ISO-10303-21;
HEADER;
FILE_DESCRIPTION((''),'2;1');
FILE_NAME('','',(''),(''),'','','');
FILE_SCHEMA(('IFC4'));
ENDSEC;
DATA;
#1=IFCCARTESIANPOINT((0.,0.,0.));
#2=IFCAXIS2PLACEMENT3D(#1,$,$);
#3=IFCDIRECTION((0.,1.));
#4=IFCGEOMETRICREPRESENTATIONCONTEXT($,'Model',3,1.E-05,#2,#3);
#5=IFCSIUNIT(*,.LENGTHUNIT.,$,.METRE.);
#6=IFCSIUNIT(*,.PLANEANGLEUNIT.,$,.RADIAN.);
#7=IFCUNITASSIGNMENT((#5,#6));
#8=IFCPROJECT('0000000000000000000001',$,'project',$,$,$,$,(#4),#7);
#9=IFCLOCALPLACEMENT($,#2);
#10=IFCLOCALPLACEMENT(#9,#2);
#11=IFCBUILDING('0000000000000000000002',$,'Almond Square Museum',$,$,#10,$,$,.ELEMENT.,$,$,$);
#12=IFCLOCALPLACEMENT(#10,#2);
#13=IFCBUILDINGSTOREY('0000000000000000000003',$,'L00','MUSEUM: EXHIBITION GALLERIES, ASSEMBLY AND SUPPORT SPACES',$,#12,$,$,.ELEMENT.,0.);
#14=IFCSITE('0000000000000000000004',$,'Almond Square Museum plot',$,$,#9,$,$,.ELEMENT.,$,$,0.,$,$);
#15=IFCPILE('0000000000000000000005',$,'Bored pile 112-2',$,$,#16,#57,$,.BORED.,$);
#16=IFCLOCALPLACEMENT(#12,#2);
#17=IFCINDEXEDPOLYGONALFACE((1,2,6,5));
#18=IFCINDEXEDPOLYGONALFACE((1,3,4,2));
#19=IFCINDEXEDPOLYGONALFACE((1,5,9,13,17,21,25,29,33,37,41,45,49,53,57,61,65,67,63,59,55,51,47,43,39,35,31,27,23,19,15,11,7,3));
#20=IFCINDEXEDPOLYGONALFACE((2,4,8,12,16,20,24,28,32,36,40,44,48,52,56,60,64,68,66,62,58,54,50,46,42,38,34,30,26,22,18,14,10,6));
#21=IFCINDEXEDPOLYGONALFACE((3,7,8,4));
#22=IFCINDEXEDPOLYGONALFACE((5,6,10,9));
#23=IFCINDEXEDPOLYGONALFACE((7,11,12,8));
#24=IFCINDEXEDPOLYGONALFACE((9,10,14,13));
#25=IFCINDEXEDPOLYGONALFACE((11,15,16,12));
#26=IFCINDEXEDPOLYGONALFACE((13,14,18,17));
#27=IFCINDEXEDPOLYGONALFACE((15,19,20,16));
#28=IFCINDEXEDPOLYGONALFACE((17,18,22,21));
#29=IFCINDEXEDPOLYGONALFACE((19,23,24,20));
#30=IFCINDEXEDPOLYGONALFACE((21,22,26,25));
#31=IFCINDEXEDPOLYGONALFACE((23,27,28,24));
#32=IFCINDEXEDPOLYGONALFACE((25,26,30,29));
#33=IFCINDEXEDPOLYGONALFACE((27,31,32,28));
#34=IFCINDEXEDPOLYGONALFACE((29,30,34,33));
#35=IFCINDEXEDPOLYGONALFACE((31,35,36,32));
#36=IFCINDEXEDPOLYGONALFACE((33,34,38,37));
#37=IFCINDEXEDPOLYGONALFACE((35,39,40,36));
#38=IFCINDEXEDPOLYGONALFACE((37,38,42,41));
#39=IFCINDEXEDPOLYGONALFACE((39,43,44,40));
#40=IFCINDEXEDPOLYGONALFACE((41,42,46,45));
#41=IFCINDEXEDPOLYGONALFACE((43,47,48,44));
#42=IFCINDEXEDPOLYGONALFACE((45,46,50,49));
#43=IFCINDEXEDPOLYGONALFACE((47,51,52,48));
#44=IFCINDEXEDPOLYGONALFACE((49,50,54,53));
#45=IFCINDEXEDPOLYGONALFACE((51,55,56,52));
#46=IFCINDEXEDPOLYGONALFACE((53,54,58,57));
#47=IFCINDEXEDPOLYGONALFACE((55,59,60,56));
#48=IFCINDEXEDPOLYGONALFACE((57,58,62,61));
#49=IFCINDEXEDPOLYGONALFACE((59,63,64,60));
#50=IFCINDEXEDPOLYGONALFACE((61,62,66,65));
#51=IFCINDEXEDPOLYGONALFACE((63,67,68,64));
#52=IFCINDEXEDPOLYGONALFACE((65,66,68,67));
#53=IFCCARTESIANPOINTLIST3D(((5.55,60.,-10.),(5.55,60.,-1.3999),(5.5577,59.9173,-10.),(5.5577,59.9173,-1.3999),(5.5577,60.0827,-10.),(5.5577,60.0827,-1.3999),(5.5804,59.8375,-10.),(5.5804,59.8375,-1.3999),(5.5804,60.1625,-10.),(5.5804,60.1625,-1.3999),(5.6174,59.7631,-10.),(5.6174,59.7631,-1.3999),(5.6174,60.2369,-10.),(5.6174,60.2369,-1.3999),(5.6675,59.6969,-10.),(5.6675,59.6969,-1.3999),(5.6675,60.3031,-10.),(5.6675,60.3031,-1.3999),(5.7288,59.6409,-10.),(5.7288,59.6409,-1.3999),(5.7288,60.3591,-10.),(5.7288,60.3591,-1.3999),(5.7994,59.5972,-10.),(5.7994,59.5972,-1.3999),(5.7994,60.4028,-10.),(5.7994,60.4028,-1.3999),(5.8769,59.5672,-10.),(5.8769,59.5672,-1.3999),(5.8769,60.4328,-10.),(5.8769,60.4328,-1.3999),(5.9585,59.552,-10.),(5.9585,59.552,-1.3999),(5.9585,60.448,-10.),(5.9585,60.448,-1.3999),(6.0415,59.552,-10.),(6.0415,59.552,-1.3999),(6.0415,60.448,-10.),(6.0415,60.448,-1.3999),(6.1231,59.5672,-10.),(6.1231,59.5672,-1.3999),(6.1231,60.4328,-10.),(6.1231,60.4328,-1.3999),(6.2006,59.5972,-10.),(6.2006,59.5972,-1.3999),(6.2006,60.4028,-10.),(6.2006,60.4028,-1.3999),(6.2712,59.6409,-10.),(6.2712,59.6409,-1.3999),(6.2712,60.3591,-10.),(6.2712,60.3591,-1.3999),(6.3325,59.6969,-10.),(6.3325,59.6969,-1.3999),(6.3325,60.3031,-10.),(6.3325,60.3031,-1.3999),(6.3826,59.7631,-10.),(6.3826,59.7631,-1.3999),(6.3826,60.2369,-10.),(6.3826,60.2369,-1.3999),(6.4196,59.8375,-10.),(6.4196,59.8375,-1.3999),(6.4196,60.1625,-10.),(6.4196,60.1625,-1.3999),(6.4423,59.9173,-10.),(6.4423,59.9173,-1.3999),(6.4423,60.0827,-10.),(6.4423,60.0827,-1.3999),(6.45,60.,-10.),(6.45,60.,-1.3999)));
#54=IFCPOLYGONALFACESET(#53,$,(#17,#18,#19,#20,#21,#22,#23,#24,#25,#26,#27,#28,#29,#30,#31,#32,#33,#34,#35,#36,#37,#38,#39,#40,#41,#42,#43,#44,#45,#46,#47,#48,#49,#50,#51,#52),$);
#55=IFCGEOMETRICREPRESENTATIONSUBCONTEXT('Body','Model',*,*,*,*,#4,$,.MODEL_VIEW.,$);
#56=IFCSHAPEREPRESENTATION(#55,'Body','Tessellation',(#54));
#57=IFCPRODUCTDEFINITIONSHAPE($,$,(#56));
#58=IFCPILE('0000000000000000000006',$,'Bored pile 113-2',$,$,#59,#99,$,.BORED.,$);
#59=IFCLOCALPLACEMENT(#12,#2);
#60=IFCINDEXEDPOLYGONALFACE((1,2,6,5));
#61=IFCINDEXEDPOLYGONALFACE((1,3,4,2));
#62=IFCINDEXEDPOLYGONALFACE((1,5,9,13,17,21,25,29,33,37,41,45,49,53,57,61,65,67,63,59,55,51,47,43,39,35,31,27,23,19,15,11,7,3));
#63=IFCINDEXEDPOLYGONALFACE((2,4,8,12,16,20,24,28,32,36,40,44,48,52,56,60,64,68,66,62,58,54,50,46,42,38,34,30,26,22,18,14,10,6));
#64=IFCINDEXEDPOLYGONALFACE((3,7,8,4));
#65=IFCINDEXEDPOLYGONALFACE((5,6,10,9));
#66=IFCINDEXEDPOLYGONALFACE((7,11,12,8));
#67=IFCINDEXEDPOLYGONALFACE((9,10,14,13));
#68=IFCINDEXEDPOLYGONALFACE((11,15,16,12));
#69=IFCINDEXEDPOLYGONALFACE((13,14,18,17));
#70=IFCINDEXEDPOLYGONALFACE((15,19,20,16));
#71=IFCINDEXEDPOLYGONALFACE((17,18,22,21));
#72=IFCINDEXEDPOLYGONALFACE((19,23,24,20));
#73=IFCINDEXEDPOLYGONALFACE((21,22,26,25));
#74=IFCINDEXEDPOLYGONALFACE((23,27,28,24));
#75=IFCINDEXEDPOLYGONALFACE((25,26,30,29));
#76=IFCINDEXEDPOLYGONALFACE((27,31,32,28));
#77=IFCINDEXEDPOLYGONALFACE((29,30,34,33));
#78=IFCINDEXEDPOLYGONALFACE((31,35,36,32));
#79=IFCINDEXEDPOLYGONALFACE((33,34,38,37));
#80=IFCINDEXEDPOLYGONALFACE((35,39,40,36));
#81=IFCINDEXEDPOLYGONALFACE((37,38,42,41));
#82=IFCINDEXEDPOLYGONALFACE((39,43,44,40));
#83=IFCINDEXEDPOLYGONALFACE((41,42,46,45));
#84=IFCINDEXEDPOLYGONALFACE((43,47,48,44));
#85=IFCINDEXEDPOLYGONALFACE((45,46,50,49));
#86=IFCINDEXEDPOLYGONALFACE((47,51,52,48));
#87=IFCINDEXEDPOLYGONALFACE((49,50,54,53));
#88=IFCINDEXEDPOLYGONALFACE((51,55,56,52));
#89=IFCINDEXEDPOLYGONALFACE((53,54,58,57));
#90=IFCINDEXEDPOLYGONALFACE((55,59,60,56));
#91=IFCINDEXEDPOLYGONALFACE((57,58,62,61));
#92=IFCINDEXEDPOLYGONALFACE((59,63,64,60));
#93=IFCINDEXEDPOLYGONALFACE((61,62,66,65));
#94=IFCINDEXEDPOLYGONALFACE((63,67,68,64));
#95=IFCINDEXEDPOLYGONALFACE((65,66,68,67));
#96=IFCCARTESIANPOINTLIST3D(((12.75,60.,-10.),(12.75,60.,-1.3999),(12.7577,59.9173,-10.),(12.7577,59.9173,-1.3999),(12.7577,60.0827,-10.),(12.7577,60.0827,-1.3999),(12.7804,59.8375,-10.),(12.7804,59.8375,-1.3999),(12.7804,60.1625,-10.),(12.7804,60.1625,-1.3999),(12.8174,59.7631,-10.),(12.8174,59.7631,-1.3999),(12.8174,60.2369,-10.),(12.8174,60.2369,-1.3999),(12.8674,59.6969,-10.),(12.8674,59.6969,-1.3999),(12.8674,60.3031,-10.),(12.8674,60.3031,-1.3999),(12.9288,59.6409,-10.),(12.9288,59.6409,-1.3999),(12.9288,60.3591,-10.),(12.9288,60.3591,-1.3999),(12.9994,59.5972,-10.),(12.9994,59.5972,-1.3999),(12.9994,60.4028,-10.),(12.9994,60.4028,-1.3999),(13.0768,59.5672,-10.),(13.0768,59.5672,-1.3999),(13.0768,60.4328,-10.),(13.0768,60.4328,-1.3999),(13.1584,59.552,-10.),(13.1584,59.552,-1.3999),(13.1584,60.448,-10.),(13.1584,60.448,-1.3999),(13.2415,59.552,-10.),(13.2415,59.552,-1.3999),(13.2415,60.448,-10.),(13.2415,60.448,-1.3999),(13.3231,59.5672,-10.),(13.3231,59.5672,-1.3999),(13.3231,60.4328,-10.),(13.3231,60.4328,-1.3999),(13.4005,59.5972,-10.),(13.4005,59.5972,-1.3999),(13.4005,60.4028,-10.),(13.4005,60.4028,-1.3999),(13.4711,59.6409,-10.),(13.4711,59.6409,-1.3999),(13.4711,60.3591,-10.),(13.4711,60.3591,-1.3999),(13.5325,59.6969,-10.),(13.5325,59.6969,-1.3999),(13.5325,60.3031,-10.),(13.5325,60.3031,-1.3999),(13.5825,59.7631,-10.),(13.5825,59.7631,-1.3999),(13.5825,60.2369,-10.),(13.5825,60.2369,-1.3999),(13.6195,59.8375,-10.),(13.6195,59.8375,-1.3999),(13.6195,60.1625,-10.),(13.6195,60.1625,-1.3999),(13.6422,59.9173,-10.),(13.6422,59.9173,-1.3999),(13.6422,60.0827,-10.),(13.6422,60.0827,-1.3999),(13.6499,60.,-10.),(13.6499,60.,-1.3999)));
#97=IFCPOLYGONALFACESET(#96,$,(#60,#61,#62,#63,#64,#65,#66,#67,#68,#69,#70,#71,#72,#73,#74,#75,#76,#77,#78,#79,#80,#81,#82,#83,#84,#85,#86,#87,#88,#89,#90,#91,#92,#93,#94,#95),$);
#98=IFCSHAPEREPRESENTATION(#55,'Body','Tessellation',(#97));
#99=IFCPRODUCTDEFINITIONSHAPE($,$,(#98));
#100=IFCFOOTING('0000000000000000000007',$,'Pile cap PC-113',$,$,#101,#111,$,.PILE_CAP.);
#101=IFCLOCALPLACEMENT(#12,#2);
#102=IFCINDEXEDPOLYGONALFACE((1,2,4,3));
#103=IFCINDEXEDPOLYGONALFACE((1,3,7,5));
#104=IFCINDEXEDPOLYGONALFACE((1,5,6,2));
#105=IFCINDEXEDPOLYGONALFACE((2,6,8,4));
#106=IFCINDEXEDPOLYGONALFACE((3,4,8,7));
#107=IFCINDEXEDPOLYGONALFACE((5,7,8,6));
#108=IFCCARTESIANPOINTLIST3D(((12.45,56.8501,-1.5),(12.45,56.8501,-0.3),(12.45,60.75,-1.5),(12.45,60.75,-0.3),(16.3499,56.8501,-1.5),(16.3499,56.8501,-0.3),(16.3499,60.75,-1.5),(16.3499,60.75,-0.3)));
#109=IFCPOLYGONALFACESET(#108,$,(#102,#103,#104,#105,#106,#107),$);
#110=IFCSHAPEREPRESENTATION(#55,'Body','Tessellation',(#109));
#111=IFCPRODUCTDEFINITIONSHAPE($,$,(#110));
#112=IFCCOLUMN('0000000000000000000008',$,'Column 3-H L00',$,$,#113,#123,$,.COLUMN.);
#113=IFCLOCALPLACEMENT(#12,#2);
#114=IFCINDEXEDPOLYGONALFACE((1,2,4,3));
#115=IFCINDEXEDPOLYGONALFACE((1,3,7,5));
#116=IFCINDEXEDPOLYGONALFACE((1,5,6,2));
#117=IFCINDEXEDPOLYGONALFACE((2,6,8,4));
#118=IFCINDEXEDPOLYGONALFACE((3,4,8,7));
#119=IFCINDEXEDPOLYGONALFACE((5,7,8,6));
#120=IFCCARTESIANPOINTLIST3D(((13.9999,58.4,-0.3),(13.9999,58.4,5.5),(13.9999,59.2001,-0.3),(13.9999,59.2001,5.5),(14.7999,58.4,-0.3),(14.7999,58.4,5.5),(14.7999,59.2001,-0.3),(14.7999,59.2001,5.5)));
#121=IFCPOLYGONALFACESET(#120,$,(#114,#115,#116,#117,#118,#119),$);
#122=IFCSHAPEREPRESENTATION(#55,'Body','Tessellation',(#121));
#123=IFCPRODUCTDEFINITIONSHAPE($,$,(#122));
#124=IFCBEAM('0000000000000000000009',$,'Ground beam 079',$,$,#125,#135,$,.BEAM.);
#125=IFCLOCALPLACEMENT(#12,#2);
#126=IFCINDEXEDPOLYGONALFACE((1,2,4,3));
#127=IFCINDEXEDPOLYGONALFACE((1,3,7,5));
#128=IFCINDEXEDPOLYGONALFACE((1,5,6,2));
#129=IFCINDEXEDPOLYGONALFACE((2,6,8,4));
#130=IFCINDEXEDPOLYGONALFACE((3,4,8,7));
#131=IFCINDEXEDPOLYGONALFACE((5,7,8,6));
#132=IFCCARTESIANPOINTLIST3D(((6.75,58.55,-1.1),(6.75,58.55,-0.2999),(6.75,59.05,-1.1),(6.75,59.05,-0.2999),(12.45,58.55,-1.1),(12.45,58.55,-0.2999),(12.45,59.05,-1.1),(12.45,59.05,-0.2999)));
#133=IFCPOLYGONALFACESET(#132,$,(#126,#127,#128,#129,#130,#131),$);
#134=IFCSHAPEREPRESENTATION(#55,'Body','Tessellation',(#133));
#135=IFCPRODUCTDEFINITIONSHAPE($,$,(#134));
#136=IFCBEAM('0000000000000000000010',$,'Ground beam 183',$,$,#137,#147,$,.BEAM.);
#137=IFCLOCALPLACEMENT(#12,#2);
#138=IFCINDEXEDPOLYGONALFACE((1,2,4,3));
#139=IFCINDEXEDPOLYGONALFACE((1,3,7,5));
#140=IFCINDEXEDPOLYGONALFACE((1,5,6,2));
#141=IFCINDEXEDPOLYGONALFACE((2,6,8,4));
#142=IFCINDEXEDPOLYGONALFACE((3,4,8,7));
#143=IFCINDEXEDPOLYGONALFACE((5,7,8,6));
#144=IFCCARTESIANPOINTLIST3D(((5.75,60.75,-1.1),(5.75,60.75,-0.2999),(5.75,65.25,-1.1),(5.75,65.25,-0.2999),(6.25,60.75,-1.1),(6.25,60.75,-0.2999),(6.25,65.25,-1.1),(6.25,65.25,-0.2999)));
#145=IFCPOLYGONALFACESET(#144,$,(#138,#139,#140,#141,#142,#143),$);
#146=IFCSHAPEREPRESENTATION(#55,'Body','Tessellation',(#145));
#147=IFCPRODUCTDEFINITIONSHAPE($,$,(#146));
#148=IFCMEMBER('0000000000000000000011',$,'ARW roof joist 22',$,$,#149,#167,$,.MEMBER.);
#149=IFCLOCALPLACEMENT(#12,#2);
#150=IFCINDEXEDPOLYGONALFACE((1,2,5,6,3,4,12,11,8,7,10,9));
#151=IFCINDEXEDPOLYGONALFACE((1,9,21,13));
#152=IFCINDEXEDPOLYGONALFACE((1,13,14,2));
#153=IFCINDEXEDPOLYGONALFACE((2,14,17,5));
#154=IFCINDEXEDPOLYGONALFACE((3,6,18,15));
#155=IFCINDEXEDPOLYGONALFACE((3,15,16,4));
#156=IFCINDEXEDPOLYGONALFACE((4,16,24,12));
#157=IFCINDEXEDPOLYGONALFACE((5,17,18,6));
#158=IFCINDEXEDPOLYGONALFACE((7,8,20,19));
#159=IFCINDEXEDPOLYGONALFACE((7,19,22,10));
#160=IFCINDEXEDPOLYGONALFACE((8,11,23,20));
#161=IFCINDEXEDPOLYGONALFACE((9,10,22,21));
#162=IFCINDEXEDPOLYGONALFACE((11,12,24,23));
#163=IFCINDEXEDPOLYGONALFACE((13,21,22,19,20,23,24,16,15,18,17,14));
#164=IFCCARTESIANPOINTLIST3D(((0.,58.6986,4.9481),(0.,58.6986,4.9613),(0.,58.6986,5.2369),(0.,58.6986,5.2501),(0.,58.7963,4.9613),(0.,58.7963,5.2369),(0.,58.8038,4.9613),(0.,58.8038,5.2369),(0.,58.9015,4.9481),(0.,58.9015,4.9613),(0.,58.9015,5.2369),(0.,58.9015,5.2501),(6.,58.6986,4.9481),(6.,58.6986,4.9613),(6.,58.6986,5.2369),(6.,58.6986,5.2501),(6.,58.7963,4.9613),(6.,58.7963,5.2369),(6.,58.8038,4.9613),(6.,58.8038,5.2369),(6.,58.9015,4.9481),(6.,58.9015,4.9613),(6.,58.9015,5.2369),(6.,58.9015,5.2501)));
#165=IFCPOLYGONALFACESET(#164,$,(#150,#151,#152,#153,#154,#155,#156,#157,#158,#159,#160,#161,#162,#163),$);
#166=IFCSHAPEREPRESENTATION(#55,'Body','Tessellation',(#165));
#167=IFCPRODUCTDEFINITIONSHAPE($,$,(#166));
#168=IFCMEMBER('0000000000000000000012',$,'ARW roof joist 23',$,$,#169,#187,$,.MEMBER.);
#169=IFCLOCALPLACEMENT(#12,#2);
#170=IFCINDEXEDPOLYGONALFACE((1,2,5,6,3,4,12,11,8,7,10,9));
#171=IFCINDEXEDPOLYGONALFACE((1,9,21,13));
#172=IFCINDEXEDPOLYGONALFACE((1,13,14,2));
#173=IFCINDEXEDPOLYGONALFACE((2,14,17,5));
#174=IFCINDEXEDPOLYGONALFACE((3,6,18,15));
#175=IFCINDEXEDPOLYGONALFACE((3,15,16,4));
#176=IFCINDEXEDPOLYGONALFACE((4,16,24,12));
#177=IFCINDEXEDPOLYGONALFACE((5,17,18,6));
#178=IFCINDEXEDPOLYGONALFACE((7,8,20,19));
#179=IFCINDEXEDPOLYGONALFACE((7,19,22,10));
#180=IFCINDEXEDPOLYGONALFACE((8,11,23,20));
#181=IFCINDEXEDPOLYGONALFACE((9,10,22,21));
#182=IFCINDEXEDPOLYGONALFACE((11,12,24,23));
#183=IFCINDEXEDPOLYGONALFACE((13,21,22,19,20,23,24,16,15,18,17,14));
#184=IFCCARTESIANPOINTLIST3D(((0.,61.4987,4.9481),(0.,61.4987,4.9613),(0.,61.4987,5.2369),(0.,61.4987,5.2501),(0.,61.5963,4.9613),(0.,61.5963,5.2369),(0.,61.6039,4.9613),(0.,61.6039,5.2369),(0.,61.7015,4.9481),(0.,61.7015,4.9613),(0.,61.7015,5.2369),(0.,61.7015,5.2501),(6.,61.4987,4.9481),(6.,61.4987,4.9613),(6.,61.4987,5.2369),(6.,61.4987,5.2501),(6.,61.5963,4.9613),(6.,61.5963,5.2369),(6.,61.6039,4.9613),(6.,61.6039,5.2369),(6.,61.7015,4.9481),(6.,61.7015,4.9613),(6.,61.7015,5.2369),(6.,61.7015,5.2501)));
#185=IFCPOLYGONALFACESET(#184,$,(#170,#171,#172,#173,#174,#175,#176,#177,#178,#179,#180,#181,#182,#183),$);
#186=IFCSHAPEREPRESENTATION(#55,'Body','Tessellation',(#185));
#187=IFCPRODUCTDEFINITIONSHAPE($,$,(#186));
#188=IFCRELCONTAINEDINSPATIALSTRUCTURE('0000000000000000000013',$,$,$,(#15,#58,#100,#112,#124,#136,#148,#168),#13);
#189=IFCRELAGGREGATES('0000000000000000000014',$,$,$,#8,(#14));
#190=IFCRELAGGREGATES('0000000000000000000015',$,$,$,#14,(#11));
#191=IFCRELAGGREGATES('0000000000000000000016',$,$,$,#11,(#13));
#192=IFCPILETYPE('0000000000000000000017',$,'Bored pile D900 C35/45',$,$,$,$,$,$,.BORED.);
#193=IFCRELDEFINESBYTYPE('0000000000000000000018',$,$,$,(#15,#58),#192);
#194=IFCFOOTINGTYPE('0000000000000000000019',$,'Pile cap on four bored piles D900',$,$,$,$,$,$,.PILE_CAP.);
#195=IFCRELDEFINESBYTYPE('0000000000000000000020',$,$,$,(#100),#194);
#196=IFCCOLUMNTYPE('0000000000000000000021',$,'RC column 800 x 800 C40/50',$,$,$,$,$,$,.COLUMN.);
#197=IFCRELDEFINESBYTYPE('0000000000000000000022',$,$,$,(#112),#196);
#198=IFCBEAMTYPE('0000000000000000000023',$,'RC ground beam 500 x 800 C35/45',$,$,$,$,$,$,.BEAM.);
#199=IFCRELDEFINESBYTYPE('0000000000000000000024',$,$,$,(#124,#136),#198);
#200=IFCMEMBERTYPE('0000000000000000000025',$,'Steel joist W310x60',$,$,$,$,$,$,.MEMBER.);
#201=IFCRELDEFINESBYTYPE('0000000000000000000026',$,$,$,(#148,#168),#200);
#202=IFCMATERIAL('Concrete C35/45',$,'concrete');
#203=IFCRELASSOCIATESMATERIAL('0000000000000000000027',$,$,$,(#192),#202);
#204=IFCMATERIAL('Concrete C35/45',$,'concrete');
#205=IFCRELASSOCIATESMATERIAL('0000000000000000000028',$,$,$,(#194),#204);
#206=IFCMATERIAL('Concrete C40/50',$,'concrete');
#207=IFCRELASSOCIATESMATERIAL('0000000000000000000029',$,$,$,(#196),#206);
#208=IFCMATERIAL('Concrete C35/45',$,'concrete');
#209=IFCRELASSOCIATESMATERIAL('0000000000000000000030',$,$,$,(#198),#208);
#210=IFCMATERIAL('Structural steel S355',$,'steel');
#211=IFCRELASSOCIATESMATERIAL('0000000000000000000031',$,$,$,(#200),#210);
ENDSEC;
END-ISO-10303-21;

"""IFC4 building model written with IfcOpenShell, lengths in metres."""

from ifc_helpers import new_model, si_unit, direction, frame, origin, origin_2d, place, context, subcontext, project, spatial, rectangle, circle, i_section, extrude, material, material_profile, profile_set, type_object, element, save


model = new_model("IFC4")

# Units and contexts
model_context = context("Model", 3, precision=1e-05, world=origin(), true_north=direction((0.0, 1.0)))
body_context = subcontext(model_context, "Body", "Model", "MODEL_VIEW")
ifc_project = project(units=[si_unit("LENGTHUNIT", "METRE"), si_unit("PLANEANGLEUNIT", "RADIAN")], contexts=[model_context])

# Site, building, storey
site_placement = place(None, origin())
site = spatial("IfcSite", under=ifc_project, at=site_placement, Name="Almond Square Museum plot", CompositionType="ELEMENT", RefElevation=0.0)
building_placement = place(site_placement, origin())
building = spatial("IfcBuilding", under=site, at=building_placement, Name="Almond Square Museum", CompositionType="ELEMENT")
storey_placement = place(building_placement, origin())
storey = spatial("IfcBuildingStorey", under=building, at=storey_placement, Name="L00", Description="MUSEUM: EXHIBITION GALLERIES, ASSEMBLY AND SUPPORT SPACES", CompositionType="ELEMENT", Elevation=0.0)

# Piles
ifc_material_1 = material(Name="Concrete C35/45", Category="concrete")
ifc_material_profile_1 = material_profile(ifc_material_1, circle(Radius=0.45, at=origin_2d()))
ifc_profile_set_1 = profile_set([ifc_material_profile_1], Name="Concrete C35/45")
pile_type = type_object("IfcPileType", Name="Bored pile D900 C35/45", PredefinedType="BORED", material=ifc_profile_set_1)
for number, where, z_axis, x_axis, name in (
    (1, (6.0, 60.0, -1.3999), (0.0, 0.0, -1.0), (1.0, 0.0, 0.0), "Bored pile 112-2"),
    (2, (13.2, 60.0, -1.3999), (0.0, 0.0, -1.0), (1.0, 0.0, 0.0), "Bored pile 113-2"),
):
    element("IfcPile", number, at=place(storey_placement, frame(where, z_axis=z_axis, x_axis=x_axis)), inside=storey, type_object=pile_type, Name=name, PredefinedType="BORED", context=body_context, shape_type="SweptSolid", body=[
        extrude(circle(Radius=0.45, at=origin_2d()), origin(), (0.0, 0.0, 1.0), 8.6001),
    ])

# Footing
ifc_material_2 = material(Name="Concrete C35/45", Category="concrete")
footing_type = type_object("IfcFootingType", Name="Pile cap on four bored piles D900", PredefinedType="PILE_CAP", material=ifc_material_2)
footing_placement = place(storey_placement, frame((14.3999, 58.8, -1.5), z_axis=(0.0, 0.0, 1.0), x_axis=(1.0, 0.0, 0.0)))
element("IfcFooting", 3, at=footing_placement, inside=storey, type_object=footing_type, Name="Pile cap PC-113", PredefinedType="PILE_CAP", context=body_context, shape_type="SweptSolid", body=[
    extrude(rectangle(XDim=3.8999, YDim=3.8999, at=origin_2d()), origin(), (0.0, 0.0, 1.0), 1.2),
])

# Column
ifc_material_3 = material(Name="Concrete C40/50", Category="concrete")
ifc_material_profile_2 = material_profile(ifc_material_3, rectangle(XDim=0.8, YDim=0.8, at=origin_2d()))
ifc_profile_set_2 = profile_set([ifc_material_profile_2], Name="Concrete C40/50")
column_type = type_object("IfcColumnType", Name="RC column 800 x 800 C40/50", PredefinedType="COLUMN", material=ifc_profile_set_2)
column_placement = place(storey_placement, frame((14.3999, 58.8, -0.3), z_axis=(0.0, 0.0, 1.0), x_axis=(1.0, 0.0, 0.0)))
element("IfcColumn", 4, at=column_placement, inside=storey, type_object=column_type, Name="Column 3-H L00", PredefinedType="COLUMN", context=body_context, shape_type="SweptSolid", body=[
    extrude(rectangle(XDim=0.8, YDim=0.8, at=origin_2d()), origin(), (0.0, 0.0, 1.0), 5.8),
])

# Beams
ifc_material_4 = material(Name="Concrete C35/45", Category="concrete")
ifc_material_profile_3 = material_profile(ifc_material_4, rectangle(XDim=0.5, YDim=0.8, at=origin_2d()))
ifc_profile_set_3 = profile_set([ifc_material_profile_3], Name="Concrete C35/45")
beam_type = type_object("IfcBeamType", Name="RC ground beam 500 x 800 C35/45", PredefinedType="BEAM", material=ifc_profile_set_3)
beam_1_placement = place(storey_placement, frame((6.75, 58.8, -0.7), z_axis=(1.0, 0.0, 0.0), x_axis=(0.0, 1.0, 0.0)))
element("IfcBeam", 5, at=beam_1_placement, inside=storey, type_object=beam_type, Name="Ground beam 079", PredefinedType="BEAM", context=body_context, shape_type="SweptSolid", body=[
    extrude(rectangle(XDim=0.5, YDim=0.8, at=origin_2d()), origin(), (0.0, 0.0, 1.0), 5.7),
])
beam_2_placement = place(storey_placement, frame((6.0, 60.75, -0.7), z_axis=(0.0, 1.0, 0.0), x_axis=(-1.0, 0.0, 0.0)))
element("IfcBeam", 6, at=beam_2_placement, inside=storey, type_object=beam_type, Name="Ground beam 183", PredefinedType="BEAM", context=body_context, shape_type="SweptSolid", body=[
    extrude(rectangle(XDim=0.5, YDim=0.8, at=origin_2d()), origin(), (0.0, 0.0, 1.0), 4.5),
])

# Members
ifc_material_5 = material(Name="Structural steel S355", Category="steel")
ifc_material_profile_4 = material_profile(ifc_material_5, i_section(OverallWidth=0.2029, OverallDepth=0.302, WebThickness=0.0076, FlangeThickness=0.0132, at=origin_2d()))
ifc_profile_set_4 = profile_set([ifc_material_profile_4], Name="Structural steel S355")
member_type = type_object("IfcMemberType", Name="Steel joist W310x60", PredefinedType="MEMBER", material=ifc_profile_set_4)
for number, where, z_axis, x_axis, name in (
    (7, (6.0, 58.8, 5.0991), (-1.0, 0.0, 0.0), (0.0, -1.0, 0.0), "ARW roof joist 22"),
    (8, (6.0, 61.6001, 5.0991), (-1.0, 0.0, 0.0), (0.0, -1.0, 0.0), "ARW roof joist 23"),
):
    element("IfcMember", number, at=place(storey_placement, frame(where, z_axis=z_axis, x_axis=x_axis)), inside=storey, type_object=member_type, Name=name, PredefinedType="MEMBER", context=body_context, shape_type="SweptSolid", body=[
        extrude(i_section(OverallWidth=0.2029, OverallDepth=0.302, WebThickness=0.0076, FlangeThickness=0.0132, at=origin_2d()), origin(), (0.0, 0.0, 1.0), 6.0),
    ])

save(model, "model.ifc")
